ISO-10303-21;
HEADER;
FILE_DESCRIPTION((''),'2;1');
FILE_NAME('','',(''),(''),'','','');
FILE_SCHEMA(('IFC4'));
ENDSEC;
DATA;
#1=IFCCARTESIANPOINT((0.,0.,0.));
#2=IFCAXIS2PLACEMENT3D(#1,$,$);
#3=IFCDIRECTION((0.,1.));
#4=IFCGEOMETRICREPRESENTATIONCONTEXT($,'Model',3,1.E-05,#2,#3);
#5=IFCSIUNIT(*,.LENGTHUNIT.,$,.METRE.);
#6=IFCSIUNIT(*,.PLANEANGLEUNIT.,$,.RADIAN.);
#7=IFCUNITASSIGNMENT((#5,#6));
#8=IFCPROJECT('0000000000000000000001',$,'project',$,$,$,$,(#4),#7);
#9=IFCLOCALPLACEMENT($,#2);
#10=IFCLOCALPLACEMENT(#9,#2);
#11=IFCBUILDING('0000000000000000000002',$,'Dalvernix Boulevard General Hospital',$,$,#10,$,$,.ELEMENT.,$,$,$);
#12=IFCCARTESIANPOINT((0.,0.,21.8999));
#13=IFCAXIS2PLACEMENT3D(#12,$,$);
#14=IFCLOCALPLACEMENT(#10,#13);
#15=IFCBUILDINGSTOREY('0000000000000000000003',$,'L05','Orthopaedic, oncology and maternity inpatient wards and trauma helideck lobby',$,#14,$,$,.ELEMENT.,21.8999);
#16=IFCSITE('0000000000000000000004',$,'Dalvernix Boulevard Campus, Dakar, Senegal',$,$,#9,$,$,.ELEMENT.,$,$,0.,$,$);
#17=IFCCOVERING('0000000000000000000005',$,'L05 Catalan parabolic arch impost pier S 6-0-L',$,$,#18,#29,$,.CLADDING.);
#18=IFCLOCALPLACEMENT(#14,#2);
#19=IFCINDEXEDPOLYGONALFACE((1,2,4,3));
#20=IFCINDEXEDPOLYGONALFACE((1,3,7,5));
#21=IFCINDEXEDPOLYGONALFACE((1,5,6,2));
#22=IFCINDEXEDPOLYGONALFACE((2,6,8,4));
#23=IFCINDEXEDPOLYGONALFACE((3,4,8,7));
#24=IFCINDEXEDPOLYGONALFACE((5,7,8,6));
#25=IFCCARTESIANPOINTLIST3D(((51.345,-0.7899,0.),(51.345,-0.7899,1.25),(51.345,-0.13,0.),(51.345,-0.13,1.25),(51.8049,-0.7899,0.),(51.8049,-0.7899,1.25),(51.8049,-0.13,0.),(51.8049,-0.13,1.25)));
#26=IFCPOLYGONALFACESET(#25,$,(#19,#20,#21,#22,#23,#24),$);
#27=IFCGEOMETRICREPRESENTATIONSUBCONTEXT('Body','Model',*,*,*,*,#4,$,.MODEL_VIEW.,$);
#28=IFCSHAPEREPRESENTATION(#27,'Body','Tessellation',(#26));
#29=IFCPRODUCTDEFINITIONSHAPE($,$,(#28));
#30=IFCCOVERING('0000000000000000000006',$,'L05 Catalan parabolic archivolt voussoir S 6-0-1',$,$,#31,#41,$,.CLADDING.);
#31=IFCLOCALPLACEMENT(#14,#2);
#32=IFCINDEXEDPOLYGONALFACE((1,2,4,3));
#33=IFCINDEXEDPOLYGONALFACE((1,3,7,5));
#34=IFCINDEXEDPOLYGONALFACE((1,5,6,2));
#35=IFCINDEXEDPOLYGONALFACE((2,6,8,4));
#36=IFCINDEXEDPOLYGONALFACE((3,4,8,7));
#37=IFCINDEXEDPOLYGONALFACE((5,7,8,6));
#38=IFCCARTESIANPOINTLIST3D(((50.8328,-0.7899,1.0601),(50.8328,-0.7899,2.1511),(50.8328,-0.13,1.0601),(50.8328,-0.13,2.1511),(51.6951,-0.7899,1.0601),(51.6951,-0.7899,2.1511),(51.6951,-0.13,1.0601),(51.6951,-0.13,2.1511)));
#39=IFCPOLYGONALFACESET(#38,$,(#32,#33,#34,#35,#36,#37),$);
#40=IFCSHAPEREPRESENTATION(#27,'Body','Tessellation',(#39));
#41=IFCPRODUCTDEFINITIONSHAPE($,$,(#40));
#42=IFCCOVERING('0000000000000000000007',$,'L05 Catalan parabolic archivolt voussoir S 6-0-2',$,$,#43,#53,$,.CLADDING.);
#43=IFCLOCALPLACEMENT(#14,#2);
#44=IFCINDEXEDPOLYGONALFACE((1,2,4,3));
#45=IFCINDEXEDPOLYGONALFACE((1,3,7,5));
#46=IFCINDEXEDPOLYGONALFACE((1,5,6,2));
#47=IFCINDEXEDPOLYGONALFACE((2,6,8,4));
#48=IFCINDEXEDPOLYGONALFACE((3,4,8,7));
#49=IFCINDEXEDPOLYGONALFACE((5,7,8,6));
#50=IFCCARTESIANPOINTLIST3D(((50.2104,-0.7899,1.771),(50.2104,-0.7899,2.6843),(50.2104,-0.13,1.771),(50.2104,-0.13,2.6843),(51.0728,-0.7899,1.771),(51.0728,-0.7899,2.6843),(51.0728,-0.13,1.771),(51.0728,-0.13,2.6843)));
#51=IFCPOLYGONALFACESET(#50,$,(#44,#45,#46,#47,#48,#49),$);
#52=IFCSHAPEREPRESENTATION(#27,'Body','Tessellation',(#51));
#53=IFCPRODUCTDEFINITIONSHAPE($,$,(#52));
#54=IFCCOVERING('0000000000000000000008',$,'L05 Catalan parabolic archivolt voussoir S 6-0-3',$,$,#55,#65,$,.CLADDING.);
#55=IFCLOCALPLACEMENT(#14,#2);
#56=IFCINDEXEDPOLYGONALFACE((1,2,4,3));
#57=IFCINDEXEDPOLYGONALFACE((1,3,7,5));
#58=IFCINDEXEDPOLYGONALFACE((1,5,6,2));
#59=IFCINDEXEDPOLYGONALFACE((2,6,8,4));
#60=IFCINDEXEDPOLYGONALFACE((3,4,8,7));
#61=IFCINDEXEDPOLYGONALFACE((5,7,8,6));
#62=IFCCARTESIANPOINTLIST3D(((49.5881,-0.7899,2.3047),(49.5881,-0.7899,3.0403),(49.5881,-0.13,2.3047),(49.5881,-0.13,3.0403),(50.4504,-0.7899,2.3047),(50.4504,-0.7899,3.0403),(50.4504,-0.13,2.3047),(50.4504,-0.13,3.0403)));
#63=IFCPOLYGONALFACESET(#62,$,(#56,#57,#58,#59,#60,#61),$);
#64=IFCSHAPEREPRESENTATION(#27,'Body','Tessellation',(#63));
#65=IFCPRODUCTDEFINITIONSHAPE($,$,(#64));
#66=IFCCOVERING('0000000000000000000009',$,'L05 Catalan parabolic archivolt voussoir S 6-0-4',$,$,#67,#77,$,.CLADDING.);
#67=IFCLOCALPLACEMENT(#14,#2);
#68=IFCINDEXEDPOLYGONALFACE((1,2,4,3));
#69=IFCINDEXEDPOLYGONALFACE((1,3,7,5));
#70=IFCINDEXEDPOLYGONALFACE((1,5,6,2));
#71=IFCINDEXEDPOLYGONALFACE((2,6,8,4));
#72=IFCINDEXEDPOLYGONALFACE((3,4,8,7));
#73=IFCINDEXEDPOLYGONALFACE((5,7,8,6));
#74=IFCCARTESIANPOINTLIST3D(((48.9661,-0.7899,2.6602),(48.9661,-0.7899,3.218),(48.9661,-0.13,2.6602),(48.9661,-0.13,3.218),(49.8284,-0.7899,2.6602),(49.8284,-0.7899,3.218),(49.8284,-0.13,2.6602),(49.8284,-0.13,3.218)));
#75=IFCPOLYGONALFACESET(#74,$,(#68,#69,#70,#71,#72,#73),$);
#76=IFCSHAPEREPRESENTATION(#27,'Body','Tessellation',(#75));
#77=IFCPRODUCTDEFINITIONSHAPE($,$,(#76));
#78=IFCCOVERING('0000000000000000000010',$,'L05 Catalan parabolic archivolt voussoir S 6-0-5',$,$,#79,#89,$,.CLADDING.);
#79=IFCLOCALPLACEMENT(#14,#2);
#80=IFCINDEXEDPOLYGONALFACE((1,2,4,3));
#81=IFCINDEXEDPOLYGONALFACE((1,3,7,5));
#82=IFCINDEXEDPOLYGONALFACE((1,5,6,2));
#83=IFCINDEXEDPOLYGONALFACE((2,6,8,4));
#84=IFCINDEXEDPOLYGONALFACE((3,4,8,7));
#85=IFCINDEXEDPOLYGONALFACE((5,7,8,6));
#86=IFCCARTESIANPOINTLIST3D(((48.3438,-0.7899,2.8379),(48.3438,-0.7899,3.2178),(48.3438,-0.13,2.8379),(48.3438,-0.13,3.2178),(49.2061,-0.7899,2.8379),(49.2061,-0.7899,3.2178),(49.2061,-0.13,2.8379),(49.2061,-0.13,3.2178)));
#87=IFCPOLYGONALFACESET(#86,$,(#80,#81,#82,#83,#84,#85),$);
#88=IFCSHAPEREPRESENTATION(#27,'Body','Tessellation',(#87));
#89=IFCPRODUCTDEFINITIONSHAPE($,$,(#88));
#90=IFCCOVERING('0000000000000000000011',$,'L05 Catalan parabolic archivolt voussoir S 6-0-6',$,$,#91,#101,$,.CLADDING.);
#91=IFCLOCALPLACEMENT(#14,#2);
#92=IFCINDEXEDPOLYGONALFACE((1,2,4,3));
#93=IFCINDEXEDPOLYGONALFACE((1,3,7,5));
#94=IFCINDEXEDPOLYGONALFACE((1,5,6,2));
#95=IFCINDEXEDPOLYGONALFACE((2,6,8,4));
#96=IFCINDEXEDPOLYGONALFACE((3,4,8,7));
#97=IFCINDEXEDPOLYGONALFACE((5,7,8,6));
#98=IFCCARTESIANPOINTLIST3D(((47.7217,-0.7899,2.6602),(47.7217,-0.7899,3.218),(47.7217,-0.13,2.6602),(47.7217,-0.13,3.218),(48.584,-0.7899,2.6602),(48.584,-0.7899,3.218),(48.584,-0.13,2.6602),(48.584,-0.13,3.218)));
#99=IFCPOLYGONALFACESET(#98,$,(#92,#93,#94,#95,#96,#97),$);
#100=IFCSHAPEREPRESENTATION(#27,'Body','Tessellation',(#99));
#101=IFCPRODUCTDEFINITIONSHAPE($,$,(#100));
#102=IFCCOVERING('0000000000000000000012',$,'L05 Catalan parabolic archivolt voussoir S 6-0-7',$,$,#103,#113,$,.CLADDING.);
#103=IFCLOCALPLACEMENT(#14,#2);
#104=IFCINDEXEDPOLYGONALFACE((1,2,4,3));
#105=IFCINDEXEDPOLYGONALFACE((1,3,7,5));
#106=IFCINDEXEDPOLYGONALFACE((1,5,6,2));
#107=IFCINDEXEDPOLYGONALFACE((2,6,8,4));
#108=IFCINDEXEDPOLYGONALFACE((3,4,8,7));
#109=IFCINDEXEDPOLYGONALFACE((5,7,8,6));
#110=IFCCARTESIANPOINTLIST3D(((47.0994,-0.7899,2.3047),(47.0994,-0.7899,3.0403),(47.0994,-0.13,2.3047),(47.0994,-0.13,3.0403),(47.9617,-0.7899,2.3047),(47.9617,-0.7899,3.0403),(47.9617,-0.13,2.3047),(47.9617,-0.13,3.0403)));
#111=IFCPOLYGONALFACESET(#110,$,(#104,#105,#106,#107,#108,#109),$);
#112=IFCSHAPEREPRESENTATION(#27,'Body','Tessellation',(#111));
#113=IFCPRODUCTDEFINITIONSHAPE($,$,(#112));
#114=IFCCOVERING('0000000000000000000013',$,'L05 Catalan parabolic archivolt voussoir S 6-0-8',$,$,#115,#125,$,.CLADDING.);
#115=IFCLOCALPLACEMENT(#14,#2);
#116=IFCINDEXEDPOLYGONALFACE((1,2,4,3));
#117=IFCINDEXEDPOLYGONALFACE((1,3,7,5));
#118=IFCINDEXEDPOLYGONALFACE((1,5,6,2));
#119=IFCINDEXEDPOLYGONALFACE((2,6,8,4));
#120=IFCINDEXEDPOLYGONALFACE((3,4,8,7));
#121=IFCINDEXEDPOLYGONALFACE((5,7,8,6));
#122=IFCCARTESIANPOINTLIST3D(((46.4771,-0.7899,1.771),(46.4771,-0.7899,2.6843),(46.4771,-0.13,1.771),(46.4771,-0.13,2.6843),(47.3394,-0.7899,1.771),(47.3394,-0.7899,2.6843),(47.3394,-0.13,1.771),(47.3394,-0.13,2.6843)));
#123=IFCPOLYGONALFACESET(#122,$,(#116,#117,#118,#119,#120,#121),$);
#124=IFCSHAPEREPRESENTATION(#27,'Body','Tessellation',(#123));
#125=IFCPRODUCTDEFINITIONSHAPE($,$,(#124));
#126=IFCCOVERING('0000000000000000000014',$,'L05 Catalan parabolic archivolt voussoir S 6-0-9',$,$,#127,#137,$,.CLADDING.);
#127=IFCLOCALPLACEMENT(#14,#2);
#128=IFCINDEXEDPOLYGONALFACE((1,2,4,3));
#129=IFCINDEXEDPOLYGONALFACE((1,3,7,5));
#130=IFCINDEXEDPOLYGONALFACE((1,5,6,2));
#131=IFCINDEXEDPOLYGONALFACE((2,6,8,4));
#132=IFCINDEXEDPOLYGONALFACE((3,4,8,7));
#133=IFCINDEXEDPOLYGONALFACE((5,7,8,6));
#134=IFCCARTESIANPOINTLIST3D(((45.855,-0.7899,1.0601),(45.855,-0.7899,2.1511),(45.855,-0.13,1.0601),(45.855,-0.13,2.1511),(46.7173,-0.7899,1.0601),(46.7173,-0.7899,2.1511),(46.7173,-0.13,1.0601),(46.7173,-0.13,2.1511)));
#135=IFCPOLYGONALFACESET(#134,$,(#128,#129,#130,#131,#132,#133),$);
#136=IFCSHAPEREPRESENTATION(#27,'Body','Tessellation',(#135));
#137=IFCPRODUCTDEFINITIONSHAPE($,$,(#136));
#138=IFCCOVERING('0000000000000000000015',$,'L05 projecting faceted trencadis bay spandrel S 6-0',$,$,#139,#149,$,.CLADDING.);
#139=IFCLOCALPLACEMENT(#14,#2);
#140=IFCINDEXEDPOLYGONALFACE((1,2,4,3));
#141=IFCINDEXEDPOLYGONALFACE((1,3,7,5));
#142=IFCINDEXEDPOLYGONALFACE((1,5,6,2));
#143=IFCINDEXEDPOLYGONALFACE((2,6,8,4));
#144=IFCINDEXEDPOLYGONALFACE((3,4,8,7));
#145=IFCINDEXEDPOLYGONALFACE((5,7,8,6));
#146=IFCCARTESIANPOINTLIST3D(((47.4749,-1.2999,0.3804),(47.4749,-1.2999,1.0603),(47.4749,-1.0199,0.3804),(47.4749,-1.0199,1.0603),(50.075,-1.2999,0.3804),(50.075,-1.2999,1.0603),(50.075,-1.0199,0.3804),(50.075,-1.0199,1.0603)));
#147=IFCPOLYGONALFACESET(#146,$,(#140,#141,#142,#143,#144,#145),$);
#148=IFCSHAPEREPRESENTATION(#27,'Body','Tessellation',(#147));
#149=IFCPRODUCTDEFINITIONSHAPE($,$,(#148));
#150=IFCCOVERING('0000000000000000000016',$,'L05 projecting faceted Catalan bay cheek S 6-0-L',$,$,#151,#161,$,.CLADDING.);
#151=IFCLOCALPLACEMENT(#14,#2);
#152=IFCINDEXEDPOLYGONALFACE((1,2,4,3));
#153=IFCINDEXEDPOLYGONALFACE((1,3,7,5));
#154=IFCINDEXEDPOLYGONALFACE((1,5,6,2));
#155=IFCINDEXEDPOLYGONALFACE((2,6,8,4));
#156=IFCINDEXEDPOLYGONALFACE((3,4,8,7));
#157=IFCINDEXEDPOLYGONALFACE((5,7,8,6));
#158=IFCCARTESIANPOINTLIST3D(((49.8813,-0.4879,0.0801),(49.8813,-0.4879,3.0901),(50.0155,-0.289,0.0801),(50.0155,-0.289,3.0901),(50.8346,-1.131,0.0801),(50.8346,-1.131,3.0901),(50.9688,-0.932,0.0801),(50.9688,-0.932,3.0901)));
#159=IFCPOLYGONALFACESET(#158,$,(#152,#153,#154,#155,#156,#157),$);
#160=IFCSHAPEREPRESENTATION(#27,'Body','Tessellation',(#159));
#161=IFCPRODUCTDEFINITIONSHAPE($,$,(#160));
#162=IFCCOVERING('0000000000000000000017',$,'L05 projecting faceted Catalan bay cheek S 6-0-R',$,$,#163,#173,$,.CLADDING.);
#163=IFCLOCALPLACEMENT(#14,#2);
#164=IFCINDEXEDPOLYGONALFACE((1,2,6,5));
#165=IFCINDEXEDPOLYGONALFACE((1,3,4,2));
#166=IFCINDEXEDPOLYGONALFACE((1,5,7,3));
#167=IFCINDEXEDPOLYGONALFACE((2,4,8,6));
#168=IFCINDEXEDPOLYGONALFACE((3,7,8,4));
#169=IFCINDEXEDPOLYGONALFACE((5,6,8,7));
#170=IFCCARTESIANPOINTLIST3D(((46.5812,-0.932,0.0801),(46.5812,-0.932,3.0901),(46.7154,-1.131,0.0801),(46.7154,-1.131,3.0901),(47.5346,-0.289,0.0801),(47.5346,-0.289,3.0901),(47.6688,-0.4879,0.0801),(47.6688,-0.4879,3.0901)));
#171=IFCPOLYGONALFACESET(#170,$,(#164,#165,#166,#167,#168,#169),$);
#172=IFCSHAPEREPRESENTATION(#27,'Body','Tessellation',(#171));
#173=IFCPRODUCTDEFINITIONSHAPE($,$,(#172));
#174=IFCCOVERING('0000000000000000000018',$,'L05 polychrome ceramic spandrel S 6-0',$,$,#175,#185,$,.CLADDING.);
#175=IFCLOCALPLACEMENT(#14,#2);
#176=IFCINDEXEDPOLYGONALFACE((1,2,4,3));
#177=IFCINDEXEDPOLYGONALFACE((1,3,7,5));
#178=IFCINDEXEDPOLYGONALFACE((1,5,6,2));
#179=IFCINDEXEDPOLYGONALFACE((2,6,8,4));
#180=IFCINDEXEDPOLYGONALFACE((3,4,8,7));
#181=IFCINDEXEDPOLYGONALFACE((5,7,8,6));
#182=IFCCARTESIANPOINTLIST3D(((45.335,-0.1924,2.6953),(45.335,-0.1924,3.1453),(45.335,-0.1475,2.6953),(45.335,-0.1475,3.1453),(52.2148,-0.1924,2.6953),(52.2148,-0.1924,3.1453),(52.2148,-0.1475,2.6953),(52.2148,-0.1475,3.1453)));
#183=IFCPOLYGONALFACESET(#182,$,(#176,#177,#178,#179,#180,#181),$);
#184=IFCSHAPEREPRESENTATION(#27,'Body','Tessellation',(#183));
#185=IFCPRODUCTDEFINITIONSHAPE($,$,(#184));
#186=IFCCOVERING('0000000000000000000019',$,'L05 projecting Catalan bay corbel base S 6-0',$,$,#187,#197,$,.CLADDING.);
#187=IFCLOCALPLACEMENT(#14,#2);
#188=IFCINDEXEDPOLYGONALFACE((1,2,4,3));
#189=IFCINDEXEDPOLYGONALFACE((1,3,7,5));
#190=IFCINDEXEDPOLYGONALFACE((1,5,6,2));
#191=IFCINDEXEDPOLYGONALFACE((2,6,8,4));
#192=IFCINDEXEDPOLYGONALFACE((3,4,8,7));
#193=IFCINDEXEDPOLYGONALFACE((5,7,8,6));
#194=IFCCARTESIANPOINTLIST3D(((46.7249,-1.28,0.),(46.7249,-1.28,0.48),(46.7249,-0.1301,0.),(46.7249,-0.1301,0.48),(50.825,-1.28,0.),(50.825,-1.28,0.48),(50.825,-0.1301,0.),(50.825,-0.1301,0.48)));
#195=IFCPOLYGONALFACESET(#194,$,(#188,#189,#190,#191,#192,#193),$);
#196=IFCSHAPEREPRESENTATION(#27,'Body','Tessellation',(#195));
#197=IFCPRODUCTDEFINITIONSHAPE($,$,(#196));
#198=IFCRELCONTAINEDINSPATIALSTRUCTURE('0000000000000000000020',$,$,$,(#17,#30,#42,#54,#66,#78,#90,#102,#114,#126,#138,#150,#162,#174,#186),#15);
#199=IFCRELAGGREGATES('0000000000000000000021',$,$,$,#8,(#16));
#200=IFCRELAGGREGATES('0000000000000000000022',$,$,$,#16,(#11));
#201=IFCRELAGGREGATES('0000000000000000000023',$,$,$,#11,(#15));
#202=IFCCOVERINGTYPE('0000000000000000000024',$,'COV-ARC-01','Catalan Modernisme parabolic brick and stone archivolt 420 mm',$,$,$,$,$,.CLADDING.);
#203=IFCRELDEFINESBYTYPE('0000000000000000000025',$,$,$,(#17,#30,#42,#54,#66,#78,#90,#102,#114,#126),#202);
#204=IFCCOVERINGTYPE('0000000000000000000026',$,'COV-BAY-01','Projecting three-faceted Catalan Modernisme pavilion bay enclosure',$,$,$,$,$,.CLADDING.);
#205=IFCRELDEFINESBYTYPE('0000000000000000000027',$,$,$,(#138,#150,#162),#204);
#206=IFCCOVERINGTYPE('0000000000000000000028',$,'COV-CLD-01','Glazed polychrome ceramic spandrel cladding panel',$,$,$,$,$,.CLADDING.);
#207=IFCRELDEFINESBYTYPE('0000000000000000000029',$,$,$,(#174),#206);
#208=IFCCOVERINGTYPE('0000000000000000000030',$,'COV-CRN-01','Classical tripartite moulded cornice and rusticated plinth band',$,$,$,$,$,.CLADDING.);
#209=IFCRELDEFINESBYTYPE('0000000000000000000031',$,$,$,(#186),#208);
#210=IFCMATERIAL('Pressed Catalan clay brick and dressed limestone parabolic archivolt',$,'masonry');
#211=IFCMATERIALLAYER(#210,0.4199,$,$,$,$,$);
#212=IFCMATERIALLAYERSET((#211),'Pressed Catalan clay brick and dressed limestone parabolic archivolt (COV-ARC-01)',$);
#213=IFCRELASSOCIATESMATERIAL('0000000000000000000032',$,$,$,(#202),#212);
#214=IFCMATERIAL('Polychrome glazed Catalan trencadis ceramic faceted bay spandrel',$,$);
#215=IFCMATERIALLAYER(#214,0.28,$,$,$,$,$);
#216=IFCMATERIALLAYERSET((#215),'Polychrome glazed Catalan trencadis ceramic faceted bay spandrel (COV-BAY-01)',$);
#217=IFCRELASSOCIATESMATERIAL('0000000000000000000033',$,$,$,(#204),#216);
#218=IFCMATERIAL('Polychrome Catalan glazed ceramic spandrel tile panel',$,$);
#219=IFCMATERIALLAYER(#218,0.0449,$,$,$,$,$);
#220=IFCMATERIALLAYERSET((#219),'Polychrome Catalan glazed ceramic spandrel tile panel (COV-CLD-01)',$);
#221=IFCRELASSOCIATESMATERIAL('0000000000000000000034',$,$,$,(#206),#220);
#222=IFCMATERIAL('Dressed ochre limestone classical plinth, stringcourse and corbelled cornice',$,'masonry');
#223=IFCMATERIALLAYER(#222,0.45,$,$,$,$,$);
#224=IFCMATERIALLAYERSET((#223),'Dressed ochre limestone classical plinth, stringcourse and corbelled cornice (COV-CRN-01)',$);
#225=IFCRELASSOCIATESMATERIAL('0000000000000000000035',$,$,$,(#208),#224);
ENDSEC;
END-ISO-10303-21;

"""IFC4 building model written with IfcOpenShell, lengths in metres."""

from ifc_helpers import new_model, si_unit, direction, frame, origin, origin_2d, place, context, subcontext, project, spatial, rectangle, extrude, material, layer, layer_set, type_object, element, save


model = new_model("IFC4")

# Units and contexts
model_context = context("Model", 3, precision=1e-05, world=origin(), true_north=direction((0.0, 1.0)))
body_context = subcontext(model_context, "Body", "Model", "MODEL_VIEW")
ifc_project = project(units=[si_unit("LENGTHUNIT", "METRE"), si_unit("PLANEANGLEUNIT", "RADIAN")], contexts=[model_context])

# Site, building, storey
site_placement = place(None, origin())
site = spatial("IfcSite", under=ifc_project, at=site_placement, Name="Dalvernix Boulevard Campus, Dakar, Senegal", CompositionType="ELEMENT", RefElevation=0.0)
building_placement = place(site_placement, origin())
building = spatial("IfcBuilding", under=site, at=building_placement, Name="Dalvernix Boulevard General Hospital", CompositionType="ELEMENT")
storey_placement = place(building_placement, frame((0.0, 0.0, 21.8999)))
storey = spatial("IfcBuildingStorey", under=building, at=storey_placement, Name="L05", Description="Orthopaedic, oncology and maternity inpatient wards and trauma helideck lobby", CompositionType="ELEMENT", Elevation=21.8999)

# Coverings
ifc_material_1 = material(Name="Pressed Catalan clay brick and dressed limestone parabolic archivolt", Category="masonry")
ifc_layer_1 = layer(ifc_material_1, 0.4199)
ifc_layer_set_1 = layer_set([ifc_layer_1], Name="Pressed Catalan clay brick and dressed limestone parabolic archivolt (COV-ARC-01)")
covering_type_1 = type_object("IfcCoveringType", Name="COV-ARC-01", Description="Catalan Modernisme parabolic brick and stone archivolt 420 mm", PredefinedType="CLADDING", material=ifc_layer_set_1)
covering_1_placement = place(storey_placement, frame((51.575, -0.46, 0.0), z_axis=(0.0, 0.0, 1.0), x_axis=(-1.0, 0.0, 0.0)))
element("IfcCovering", 1, at=covering_1_placement, inside=storey, type_object=covering_type_1, Name="L05 Catalan parabolic arch impost pier S 6-0-L", PredefinedType="CLADDING", context=body_context, shape_type="SweptSolid", body=[
    extrude(rectangle(XDim=0.46, YDim=0.6599, at=origin_2d()), origin(), (0.0, 0.0, 1.0), 1.25),
])
covering_2_placement = place(storey_placement, frame((51.2639, -0.46, 1.0601), z_axis=(0.0, 0.0, 1.0), x_axis=(-1.0, 0.0, 0.0)))
element("IfcCovering", 2, at=covering_2_placement, inside=storey, type_object=covering_type_1, Name="L05 Catalan parabolic archivolt voussoir S 6-0-1", PredefinedType="CLADDING", context=body_context, shape_type="SweptSolid", body=[
    extrude(rectangle(XDim=0.8623, YDim=0.6599, at=origin_2d()), origin(), (0.0, 0.0, 1.0), 1.0911),
])
covering_3_placement = place(storey_placement, frame((50.6416, -0.46, 1.771), z_axis=(0.0, 0.0, 1.0), x_axis=(-1.0, 0.0, 0.0)))
element("IfcCovering", 3, at=covering_3_placement, inside=storey, type_object=covering_type_1, Name="L05 Catalan parabolic archivolt voussoir S 6-0-2", PredefinedType="CLADDING", context=body_context, shape_type="SweptSolid", body=[
    extrude(rectangle(XDim=0.8623, YDim=0.6599, at=origin_2d()), origin(), (0.0, 0.0, 1.0), 0.9133),
])
covering_4_placement = place(storey_placement, frame((50.0193, -0.46, 2.3047), z_axis=(0.0, 0.0, 1.0), x_axis=(-1.0, 0.0, 0.0)))
element("IfcCovering", 4, at=covering_4_placement, inside=storey, type_object=covering_type_1, Name="L05 Catalan parabolic archivolt voussoir S 6-0-3", PredefinedType="CLADDING", context=body_context, shape_type="SweptSolid", body=[
    extrude(rectangle(XDim=0.8623, YDim=0.6599, at=origin_2d()), origin(), (0.0, 0.0, 1.0), 0.7356),
])
covering_5_placement = place(storey_placement, frame((49.3972, -0.46, 2.6602), z_axis=(0.0, 0.0, 1.0), x_axis=(-1.0, 0.0, 0.0)))
element("IfcCovering", 5, at=covering_5_placement, inside=storey, type_object=covering_type_1, Name="L05 Catalan parabolic archivolt voussoir S 6-0-4", PredefinedType="CLADDING", context=body_context, shape_type="SweptSolid", body=[
    extrude(rectangle(XDim=0.8623, YDim=0.6599, at=origin_2d()), origin(), (0.0, 0.0, 1.0), 0.5579),
])
covering_6_placement = place(storey_placement, frame((48.7749, -0.46, 2.8379), z_axis=(0.0, 0.0, 1.0), x_axis=(-1.0, 0.0, 0.0)))
element("IfcCovering", 6, at=covering_6_placement, inside=storey, type_object=covering_type_1, Name="L05 Catalan parabolic archivolt voussoir S 6-0-5", PredefinedType="CLADDING", context=body_context, shape_type="SweptSolid", body=[
    extrude(rectangle(XDim=0.8623, YDim=0.6599, at=origin_2d()), origin(), (0.0, 0.0, 1.0), 0.3799),
])
covering_7_placement = place(storey_placement, frame((48.1528, -0.46, 2.6602), z_axis=(0.0, 0.0, 1.0), x_axis=(-1.0, 0.0, 0.0)))
element("IfcCovering", 7, at=covering_7_placement, inside=storey, type_object=covering_type_1, Name="L05 Catalan parabolic archivolt voussoir S 6-0-6", PredefinedType="CLADDING", context=body_context, shape_type="SweptSolid", body=[
    extrude(rectangle(XDim=0.8623, YDim=0.6599, at=origin_2d()), origin(), (0.0, 0.0, 1.0), 0.5579),
])
covering_8_placement = place(storey_placement, frame((47.5305, -0.46, 2.3047), z_axis=(0.0, 0.0, 1.0), x_axis=(-1.0, 0.0, 0.0)))
element("IfcCovering", 8, at=covering_8_placement, inside=storey, type_object=covering_type_1, Name="L05 Catalan parabolic archivolt voussoir S 6-0-7", PredefinedType="CLADDING", context=body_context, shape_type="SweptSolid", body=[
    extrude(rectangle(XDim=0.8623, YDim=0.6599, at=origin_2d()), origin(), (0.0, 0.0, 1.0), 0.7356),
])
covering_9_placement = place(storey_placement, frame((46.9082, -0.46, 1.771), z_axis=(0.0, 0.0, 1.0), x_axis=(-1.0, 0.0, 0.0)))
element("IfcCovering", 9, at=covering_9_placement, inside=storey, type_object=covering_type_1, Name="L05 Catalan parabolic archivolt voussoir S 6-0-8", PredefinedType="CLADDING", context=body_context, shape_type="SweptSolid", body=[
    extrude(rectangle(XDim=0.8623, YDim=0.6599, at=origin_2d()), origin(), (0.0, 0.0, 1.0), 0.9133),
])
covering_10_placement = place(storey_placement, frame((46.2861, -0.46, 1.0601), z_axis=(0.0, 0.0, 1.0), x_axis=(-1.0, 0.0, 0.0)))
element("IfcCovering", 10, at=covering_10_placement, inside=storey, type_object=covering_type_1, Name="L05 Catalan parabolic archivolt voussoir S 6-0-9", PredefinedType="CLADDING", context=body_context, shape_type="SweptSolid", body=[
    extrude(rectangle(XDim=0.8623, YDim=0.6599, at=origin_2d()), origin(), (0.0, 0.0, 1.0), 1.0911),
])
ifc_material_2 = material(Name="Polychrome glazed Catalan trencadis ceramic faceted bay spandrel")
ifc_layer_2 = layer(ifc_material_2, 0.28)
ifc_layer_set_2 = layer_set([ifc_layer_2], Name="Polychrome glazed Catalan trencadis ceramic faceted bay spandrel (COV-BAY-01)")
covering_type_2 = type_object("IfcCoveringType", Name="COV-BAY-01", Description="Projecting three-faceted Catalan Modernisme pavilion bay enclosure", PredefinedType="CLADDING", material=ifc_layer_set_2)
covering_11_placement = place(storey_placement, frame((48.7749, -1.1599, 0.3804), z_axis=(0.0, 0.0, 1.0), x_axis=(-1.0, 0.0, 0.0)))
element("IfcCovering", 11, at=covering_11_placement, inside=storey, type_object=covering_type_2, Name="L05 projecting faceted trencadis bay spandrel S 6-0", PredefinedType="CLADDING", context=body_context, shape_type="SweptSolid", body=[
    extrude(rectangle(XDim=2.6001, YDim=0.28, at=origin_2d()), origin(), (0.0, 0.0, 1.0), 0.6799),
])
for number, where, z_axis, x_axis, name in (
    (12, (50.425, -0.71, 0.0801), (0.0, 0.0, 1.0), (-0.829038, 0.559193, 0.0), "L05 projecting faceted Catalan bay cheek S 6-0-L"),
    (13, (47.125, -0.71, 0.0801), (0.0, 0.0, 1.0), (-0.829038, -0.559193, 0.0), "L05 projecting faceted Catalan bay cheek S 6-0-R"),
):
    element("IfcCovering", number, at=place(storey_placement, frame(where, z_axis=z_axis, x_axis=x_axis)), inside=storey, type_object=covering_type_2, Name=name, PredefinedType="CLADDING", context=body_context, shape_type="SweptSolid", body=[
        extrude(rectangle(XDim=1.1499, YDim=0.24, at=origin_2d()), origin(), (0.0, 0.0, 1.0), 3.01),
    ])
ifc_material_3 = material(Name="Polychrome Catalan glazed ceramic spandrel tile panel")
ifc_layer_3 = layer(ifc_material_3, 0.0449)
ifc_layer_set_3 = layer_set([ifc_layer_3], Name="Polychrome Catalan glazed ceramic spandrel tile panel (COV-CLD-01)")
covering_type_3 = type_object("IfcCoveringType", Name="COV-CLD-01", Description="Glazed polychrome ceramic spandrel cladding panel", PredefinedType="CLADDING", material=ifc_layer_set_3)
covering_12_placement = place(storey_placement, frame((48.7749, -0.1699, 2.6953), z_axis=(0.0, 0.0, 1.0), x_axis=(-1.0, 0.0, 0.0)))
element("IfcCovering", 14, at=covering_12_placement, inside=storey, type_object=covering_type_3, Name="L05 polychrome ceramic spandrel S 6-0", PredefinedType="CLADDING", context=body_context, shape_type="SweptSolid", body=[
    extrude(rectangle(XDim=6.8799, YDim=0.0449, at=origin_2d()), origin(), (0.0, 0.0, 1.0), 0.45),
])
ifc_material_4 = material(Name="Dressed ochre limestone classical plinth, stringcourse and corbelled cornice", Category="masonry")
ifc_layer_4 = layer(ifc_material_4, 0.45)
ifc_layer_set_4 = layer_set([ifc_layer_4], Name="Dressed ochre limestone classical plinth, stringcourse and corbelled cornice (COV-CRN-01)")
covering_type_4 = type_object("IfcCoveringType", Name="COV-CRN-01", Description="Classical tripartite moulded cornice and rusticated plinth band", PredefinedType="CLADDING", material=ifc_layer_set_4)
covering_13_placement = place(storey_placement, frame((48.7749, -0.7051, 0.0), z_axis=(0.0, 0.0, 1.0), x_axis=(-1.0, 0.0, 0.0)))
element("IfcCovering", 15, at=covering_13_placement, inside=storey, type_object=covering_type_4, Name="L05 projecting Catalan bay corbel base S 6-0", PredefinedType="CLADDING", context=body_context, shape_type="SweptSolid", body=[
    extrude(rectangle(XDim=4.1001, YDim=1.1499, at=origin_2d()), origin(), (0.0, 0.0, 1.0), 0.48),
])

save(model, "model.ifc")
